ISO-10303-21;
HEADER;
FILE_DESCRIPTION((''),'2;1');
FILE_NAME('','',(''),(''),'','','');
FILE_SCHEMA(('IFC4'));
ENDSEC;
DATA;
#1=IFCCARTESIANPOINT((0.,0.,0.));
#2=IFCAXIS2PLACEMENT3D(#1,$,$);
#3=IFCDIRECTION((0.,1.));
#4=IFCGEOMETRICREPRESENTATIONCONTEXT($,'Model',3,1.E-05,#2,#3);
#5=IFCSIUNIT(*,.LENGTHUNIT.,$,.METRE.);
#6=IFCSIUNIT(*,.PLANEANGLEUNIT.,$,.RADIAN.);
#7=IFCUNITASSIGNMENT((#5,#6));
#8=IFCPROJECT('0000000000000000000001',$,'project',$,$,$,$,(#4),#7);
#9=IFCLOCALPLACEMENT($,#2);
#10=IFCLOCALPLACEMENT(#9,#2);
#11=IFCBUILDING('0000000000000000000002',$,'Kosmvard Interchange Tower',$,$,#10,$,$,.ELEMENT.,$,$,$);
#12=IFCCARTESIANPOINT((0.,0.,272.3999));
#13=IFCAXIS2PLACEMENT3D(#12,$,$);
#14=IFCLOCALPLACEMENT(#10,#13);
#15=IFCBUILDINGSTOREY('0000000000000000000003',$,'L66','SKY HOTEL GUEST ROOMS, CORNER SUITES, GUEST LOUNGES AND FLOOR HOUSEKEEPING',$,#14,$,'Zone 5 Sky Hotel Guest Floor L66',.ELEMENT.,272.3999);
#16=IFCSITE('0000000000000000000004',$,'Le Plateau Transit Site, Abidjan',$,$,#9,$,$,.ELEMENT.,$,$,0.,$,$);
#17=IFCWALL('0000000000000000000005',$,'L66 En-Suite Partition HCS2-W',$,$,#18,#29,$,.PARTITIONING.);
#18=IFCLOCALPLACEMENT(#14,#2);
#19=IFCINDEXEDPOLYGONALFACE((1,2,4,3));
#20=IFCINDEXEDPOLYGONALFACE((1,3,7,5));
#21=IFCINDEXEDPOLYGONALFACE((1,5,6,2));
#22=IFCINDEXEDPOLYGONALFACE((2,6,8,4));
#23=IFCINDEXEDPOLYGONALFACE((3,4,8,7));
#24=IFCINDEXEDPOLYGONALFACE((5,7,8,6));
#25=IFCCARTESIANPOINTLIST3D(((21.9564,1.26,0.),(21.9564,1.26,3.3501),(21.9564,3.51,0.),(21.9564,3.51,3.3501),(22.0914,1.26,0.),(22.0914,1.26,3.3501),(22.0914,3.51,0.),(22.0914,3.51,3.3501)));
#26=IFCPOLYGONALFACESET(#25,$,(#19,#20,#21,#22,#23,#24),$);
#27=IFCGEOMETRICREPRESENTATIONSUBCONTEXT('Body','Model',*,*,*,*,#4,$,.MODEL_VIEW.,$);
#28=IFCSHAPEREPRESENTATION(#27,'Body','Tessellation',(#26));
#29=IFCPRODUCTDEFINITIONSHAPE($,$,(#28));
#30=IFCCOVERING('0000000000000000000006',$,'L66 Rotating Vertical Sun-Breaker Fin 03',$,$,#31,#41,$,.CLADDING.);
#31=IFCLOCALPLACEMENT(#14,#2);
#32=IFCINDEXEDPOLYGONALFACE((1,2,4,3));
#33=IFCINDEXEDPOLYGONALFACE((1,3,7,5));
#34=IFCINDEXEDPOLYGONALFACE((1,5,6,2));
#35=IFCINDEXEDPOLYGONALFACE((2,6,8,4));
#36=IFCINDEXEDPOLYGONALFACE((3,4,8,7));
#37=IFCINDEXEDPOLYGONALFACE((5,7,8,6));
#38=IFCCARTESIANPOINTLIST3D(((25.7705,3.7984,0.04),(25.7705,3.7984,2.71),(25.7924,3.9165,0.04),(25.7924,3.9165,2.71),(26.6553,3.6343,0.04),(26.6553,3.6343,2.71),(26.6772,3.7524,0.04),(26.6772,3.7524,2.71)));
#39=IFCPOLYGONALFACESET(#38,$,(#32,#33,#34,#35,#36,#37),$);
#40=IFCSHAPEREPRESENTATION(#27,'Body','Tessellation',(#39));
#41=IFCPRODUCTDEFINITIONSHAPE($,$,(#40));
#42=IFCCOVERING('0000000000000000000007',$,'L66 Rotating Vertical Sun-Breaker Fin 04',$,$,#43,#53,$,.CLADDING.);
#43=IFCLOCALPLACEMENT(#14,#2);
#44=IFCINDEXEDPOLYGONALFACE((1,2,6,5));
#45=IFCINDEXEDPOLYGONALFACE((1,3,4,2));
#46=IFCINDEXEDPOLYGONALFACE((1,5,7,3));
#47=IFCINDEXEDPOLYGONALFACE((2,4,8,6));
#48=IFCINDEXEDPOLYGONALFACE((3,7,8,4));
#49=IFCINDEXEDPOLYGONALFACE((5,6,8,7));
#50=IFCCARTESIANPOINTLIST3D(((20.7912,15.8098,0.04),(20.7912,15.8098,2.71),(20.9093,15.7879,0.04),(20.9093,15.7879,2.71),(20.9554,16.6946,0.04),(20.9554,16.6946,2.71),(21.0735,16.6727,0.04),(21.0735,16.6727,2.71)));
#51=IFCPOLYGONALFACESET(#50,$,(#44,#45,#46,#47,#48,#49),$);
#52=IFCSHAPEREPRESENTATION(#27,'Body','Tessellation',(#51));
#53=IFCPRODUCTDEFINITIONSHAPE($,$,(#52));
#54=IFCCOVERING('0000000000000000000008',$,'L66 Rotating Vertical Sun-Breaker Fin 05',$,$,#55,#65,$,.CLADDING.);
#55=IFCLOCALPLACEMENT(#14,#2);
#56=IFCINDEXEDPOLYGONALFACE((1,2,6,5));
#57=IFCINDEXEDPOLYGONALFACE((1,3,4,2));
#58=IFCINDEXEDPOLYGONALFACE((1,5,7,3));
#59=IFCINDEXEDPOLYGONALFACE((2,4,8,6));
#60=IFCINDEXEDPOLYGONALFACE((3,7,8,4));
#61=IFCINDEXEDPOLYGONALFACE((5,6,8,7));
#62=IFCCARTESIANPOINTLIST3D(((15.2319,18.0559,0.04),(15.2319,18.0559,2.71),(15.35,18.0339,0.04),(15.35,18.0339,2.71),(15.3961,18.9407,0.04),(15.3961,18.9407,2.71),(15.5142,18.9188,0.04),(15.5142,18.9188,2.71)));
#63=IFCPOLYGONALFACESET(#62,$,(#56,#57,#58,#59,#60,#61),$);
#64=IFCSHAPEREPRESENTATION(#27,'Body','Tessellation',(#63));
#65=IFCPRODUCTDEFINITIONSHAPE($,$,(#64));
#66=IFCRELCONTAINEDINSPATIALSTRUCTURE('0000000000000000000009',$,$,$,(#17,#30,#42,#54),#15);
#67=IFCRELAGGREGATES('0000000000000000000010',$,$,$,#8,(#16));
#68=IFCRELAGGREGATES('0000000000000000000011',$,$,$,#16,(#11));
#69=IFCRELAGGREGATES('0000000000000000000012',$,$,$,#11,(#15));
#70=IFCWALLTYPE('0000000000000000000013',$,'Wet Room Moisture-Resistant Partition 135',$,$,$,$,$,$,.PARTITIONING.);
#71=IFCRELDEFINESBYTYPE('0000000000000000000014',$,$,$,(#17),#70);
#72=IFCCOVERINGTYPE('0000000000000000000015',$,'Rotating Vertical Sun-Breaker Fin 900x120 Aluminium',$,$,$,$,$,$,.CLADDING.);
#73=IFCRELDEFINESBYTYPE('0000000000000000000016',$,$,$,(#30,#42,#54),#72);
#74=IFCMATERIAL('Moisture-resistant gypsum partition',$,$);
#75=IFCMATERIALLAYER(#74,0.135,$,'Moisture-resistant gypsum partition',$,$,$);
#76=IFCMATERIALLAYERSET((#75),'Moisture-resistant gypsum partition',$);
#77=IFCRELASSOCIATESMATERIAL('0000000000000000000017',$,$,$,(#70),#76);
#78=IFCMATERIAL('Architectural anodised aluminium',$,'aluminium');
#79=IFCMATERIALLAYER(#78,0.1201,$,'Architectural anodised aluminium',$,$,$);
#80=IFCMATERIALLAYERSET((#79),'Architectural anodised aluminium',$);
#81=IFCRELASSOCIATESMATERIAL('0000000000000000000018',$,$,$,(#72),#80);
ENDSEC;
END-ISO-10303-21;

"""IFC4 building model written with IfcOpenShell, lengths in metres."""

from ifc_helpers import new_model, si_unit, direction, frame, frame_2d, origin, origin_2d, place, context, subcontext, project, spatial, rectangle, extrude, source, transform, mapped, material, layer, layer_set, type_object, element, save


model = new_model("IFC4")

# Units and contexts
model_context = context("Model", 3, precision=1e-05, world=origin(), true_north=direction((0.0, 1.0)))
body_context = subcontext(model_context, "Body", "Model", "MODEL_VIEW")
ifc_project = project(units=[si_unit("LENGTHUNIT", "METRE"), si_unit("PLANEANGLEUNIT", "RADIAN")], contexts=[model_context])

# Site, building, storey
site_placement = place(None, origin())
site = spatial("IfcSite", under=ifc_project, at=site_placement, Name="Le Plateau Transit Site, Abidjan", CompositionType="ELEMENT", RefElevation=0.0)
building_placement = place(site_placement, origin())
building = spatial("IfcBuilding", under=site, at=building_placement, Name="Kosmvard Interchange Tower", CompositionType="ELEMENT")
storey_placement = place(building_placement, frame((0.0, 0.0, 272.3999)))
storey = spatial("IfcBuildingStorey", under=building, at=storey_placement, Name="L66", Description="SKY HOTEL GUEST ROOMS, CORNER SUITES, GUEST LOUNGES AND FLOOR HOUSEKEEPING", LongName="Zone 5 Sky Hotel Guest Floor L66", CompositionType="ELEMENT", Elevation=272.3999)

# Shared definitions
ifc_material_1 = material(Name="Moisture-resistant gypsum partition")
ifc_layer_1 = layer(ifc_material_1, 0.135, Name="Moisture-resistant gypsum partition")
ifc_layer_set_1 = layer_set([ifc_layer_1], Name="Moisture-resistant gypsum partition")
wall_type_1 = type_object("IfcWallType", Name="Wet Room Moisture-Resistant Partition 135", PredefinedType="PARTITIONING", material=ifc_layer_set_1)

# Wall
for number, where, z_axis, x_axis, name in (
    (1, (22.0239, 1.26, 0.0), (0.0, 0.0, 1.0), (0.0, 1.0, 0.0), "L66 En-Suite Partition HCS2-W"),
):
    element("IfcWall", number, at=place(storey_placement, frame(where, z_axis=z_axis, x_axis=x_axis)), inside=storey, type_object=wall_type_1, Name=name, PredefinedType="PARTITIONING", context=body_context, shape_type="SweptSolid", body=[
        extrude(rectangle(XDim=2.25, YDim=0.135, at=frame_2d((1.125, 0.0))), origin(), (0.0, 0.0, 1.0), 3.3501),
    ])

# Coverings
ifc_material_2 = material(Name="Architectural anodised aluminium", Category="aluminium")
ifc_layer_2 = layer(ifc_material_2, 0.1201, Name="Architectural anodised aluminium")
ifc_layer_set_2 = layer_set([ifc_layer_2], Name="Architectural anodised aluminium")
covering_type = type_object("IfcCoveringType", Name="Rotating Vertical Sun-Breaker Fin 900x120 Aluminium", PredefinedType="CLADDING", material=ifc_layer_set_2)
shared_shape_1 = source(origin(), body_context, "Body", "SweptSolid", [
    extrude(rectangle(XDim=0.8999, YDim=0.1201, at=origin_2d()), origin(), (0.0, 0.0, 1.0), 2.6699),
])
for number, where, z_axis, x_axis, name in (
    (2, (26.2239, 3.7754, 0.04), (0.0, 0.0, 1.0), (0.983223, -0.182407, 0.0), "L66 Rotating Vertical Sun-Breaker Fin 03"),
    (3, (20.9324, 16.2412, 0.04), (0.0, 0.0, 1.0), (0.182407, 0.983223, 0.0), "L66 Rotating Vertical Sun-Breaker Fin 04"),
    (4, (15.373, 18.4873, 0.04), (0.0, 0.0, 1.0), (0.182407, 0.983223, 0.0), "L66 Rotating Vertical Sun-Breaker Fin 05"),
):
    element("IfcCovering", number, at=place(storey_placement, frame(where, z_axis=z_axis, x_axis=x_axis)), inside=storey, type_object=covering_type, Name=name, PredefinedType="CLADDING", context=body_context, shape_type="MappedRepresentation", body=[
        mapped(shared_shape_1, transform((0.0, 0.0, 0.0), scale=1.0)),
    ])

save(model, "model.ifc")
